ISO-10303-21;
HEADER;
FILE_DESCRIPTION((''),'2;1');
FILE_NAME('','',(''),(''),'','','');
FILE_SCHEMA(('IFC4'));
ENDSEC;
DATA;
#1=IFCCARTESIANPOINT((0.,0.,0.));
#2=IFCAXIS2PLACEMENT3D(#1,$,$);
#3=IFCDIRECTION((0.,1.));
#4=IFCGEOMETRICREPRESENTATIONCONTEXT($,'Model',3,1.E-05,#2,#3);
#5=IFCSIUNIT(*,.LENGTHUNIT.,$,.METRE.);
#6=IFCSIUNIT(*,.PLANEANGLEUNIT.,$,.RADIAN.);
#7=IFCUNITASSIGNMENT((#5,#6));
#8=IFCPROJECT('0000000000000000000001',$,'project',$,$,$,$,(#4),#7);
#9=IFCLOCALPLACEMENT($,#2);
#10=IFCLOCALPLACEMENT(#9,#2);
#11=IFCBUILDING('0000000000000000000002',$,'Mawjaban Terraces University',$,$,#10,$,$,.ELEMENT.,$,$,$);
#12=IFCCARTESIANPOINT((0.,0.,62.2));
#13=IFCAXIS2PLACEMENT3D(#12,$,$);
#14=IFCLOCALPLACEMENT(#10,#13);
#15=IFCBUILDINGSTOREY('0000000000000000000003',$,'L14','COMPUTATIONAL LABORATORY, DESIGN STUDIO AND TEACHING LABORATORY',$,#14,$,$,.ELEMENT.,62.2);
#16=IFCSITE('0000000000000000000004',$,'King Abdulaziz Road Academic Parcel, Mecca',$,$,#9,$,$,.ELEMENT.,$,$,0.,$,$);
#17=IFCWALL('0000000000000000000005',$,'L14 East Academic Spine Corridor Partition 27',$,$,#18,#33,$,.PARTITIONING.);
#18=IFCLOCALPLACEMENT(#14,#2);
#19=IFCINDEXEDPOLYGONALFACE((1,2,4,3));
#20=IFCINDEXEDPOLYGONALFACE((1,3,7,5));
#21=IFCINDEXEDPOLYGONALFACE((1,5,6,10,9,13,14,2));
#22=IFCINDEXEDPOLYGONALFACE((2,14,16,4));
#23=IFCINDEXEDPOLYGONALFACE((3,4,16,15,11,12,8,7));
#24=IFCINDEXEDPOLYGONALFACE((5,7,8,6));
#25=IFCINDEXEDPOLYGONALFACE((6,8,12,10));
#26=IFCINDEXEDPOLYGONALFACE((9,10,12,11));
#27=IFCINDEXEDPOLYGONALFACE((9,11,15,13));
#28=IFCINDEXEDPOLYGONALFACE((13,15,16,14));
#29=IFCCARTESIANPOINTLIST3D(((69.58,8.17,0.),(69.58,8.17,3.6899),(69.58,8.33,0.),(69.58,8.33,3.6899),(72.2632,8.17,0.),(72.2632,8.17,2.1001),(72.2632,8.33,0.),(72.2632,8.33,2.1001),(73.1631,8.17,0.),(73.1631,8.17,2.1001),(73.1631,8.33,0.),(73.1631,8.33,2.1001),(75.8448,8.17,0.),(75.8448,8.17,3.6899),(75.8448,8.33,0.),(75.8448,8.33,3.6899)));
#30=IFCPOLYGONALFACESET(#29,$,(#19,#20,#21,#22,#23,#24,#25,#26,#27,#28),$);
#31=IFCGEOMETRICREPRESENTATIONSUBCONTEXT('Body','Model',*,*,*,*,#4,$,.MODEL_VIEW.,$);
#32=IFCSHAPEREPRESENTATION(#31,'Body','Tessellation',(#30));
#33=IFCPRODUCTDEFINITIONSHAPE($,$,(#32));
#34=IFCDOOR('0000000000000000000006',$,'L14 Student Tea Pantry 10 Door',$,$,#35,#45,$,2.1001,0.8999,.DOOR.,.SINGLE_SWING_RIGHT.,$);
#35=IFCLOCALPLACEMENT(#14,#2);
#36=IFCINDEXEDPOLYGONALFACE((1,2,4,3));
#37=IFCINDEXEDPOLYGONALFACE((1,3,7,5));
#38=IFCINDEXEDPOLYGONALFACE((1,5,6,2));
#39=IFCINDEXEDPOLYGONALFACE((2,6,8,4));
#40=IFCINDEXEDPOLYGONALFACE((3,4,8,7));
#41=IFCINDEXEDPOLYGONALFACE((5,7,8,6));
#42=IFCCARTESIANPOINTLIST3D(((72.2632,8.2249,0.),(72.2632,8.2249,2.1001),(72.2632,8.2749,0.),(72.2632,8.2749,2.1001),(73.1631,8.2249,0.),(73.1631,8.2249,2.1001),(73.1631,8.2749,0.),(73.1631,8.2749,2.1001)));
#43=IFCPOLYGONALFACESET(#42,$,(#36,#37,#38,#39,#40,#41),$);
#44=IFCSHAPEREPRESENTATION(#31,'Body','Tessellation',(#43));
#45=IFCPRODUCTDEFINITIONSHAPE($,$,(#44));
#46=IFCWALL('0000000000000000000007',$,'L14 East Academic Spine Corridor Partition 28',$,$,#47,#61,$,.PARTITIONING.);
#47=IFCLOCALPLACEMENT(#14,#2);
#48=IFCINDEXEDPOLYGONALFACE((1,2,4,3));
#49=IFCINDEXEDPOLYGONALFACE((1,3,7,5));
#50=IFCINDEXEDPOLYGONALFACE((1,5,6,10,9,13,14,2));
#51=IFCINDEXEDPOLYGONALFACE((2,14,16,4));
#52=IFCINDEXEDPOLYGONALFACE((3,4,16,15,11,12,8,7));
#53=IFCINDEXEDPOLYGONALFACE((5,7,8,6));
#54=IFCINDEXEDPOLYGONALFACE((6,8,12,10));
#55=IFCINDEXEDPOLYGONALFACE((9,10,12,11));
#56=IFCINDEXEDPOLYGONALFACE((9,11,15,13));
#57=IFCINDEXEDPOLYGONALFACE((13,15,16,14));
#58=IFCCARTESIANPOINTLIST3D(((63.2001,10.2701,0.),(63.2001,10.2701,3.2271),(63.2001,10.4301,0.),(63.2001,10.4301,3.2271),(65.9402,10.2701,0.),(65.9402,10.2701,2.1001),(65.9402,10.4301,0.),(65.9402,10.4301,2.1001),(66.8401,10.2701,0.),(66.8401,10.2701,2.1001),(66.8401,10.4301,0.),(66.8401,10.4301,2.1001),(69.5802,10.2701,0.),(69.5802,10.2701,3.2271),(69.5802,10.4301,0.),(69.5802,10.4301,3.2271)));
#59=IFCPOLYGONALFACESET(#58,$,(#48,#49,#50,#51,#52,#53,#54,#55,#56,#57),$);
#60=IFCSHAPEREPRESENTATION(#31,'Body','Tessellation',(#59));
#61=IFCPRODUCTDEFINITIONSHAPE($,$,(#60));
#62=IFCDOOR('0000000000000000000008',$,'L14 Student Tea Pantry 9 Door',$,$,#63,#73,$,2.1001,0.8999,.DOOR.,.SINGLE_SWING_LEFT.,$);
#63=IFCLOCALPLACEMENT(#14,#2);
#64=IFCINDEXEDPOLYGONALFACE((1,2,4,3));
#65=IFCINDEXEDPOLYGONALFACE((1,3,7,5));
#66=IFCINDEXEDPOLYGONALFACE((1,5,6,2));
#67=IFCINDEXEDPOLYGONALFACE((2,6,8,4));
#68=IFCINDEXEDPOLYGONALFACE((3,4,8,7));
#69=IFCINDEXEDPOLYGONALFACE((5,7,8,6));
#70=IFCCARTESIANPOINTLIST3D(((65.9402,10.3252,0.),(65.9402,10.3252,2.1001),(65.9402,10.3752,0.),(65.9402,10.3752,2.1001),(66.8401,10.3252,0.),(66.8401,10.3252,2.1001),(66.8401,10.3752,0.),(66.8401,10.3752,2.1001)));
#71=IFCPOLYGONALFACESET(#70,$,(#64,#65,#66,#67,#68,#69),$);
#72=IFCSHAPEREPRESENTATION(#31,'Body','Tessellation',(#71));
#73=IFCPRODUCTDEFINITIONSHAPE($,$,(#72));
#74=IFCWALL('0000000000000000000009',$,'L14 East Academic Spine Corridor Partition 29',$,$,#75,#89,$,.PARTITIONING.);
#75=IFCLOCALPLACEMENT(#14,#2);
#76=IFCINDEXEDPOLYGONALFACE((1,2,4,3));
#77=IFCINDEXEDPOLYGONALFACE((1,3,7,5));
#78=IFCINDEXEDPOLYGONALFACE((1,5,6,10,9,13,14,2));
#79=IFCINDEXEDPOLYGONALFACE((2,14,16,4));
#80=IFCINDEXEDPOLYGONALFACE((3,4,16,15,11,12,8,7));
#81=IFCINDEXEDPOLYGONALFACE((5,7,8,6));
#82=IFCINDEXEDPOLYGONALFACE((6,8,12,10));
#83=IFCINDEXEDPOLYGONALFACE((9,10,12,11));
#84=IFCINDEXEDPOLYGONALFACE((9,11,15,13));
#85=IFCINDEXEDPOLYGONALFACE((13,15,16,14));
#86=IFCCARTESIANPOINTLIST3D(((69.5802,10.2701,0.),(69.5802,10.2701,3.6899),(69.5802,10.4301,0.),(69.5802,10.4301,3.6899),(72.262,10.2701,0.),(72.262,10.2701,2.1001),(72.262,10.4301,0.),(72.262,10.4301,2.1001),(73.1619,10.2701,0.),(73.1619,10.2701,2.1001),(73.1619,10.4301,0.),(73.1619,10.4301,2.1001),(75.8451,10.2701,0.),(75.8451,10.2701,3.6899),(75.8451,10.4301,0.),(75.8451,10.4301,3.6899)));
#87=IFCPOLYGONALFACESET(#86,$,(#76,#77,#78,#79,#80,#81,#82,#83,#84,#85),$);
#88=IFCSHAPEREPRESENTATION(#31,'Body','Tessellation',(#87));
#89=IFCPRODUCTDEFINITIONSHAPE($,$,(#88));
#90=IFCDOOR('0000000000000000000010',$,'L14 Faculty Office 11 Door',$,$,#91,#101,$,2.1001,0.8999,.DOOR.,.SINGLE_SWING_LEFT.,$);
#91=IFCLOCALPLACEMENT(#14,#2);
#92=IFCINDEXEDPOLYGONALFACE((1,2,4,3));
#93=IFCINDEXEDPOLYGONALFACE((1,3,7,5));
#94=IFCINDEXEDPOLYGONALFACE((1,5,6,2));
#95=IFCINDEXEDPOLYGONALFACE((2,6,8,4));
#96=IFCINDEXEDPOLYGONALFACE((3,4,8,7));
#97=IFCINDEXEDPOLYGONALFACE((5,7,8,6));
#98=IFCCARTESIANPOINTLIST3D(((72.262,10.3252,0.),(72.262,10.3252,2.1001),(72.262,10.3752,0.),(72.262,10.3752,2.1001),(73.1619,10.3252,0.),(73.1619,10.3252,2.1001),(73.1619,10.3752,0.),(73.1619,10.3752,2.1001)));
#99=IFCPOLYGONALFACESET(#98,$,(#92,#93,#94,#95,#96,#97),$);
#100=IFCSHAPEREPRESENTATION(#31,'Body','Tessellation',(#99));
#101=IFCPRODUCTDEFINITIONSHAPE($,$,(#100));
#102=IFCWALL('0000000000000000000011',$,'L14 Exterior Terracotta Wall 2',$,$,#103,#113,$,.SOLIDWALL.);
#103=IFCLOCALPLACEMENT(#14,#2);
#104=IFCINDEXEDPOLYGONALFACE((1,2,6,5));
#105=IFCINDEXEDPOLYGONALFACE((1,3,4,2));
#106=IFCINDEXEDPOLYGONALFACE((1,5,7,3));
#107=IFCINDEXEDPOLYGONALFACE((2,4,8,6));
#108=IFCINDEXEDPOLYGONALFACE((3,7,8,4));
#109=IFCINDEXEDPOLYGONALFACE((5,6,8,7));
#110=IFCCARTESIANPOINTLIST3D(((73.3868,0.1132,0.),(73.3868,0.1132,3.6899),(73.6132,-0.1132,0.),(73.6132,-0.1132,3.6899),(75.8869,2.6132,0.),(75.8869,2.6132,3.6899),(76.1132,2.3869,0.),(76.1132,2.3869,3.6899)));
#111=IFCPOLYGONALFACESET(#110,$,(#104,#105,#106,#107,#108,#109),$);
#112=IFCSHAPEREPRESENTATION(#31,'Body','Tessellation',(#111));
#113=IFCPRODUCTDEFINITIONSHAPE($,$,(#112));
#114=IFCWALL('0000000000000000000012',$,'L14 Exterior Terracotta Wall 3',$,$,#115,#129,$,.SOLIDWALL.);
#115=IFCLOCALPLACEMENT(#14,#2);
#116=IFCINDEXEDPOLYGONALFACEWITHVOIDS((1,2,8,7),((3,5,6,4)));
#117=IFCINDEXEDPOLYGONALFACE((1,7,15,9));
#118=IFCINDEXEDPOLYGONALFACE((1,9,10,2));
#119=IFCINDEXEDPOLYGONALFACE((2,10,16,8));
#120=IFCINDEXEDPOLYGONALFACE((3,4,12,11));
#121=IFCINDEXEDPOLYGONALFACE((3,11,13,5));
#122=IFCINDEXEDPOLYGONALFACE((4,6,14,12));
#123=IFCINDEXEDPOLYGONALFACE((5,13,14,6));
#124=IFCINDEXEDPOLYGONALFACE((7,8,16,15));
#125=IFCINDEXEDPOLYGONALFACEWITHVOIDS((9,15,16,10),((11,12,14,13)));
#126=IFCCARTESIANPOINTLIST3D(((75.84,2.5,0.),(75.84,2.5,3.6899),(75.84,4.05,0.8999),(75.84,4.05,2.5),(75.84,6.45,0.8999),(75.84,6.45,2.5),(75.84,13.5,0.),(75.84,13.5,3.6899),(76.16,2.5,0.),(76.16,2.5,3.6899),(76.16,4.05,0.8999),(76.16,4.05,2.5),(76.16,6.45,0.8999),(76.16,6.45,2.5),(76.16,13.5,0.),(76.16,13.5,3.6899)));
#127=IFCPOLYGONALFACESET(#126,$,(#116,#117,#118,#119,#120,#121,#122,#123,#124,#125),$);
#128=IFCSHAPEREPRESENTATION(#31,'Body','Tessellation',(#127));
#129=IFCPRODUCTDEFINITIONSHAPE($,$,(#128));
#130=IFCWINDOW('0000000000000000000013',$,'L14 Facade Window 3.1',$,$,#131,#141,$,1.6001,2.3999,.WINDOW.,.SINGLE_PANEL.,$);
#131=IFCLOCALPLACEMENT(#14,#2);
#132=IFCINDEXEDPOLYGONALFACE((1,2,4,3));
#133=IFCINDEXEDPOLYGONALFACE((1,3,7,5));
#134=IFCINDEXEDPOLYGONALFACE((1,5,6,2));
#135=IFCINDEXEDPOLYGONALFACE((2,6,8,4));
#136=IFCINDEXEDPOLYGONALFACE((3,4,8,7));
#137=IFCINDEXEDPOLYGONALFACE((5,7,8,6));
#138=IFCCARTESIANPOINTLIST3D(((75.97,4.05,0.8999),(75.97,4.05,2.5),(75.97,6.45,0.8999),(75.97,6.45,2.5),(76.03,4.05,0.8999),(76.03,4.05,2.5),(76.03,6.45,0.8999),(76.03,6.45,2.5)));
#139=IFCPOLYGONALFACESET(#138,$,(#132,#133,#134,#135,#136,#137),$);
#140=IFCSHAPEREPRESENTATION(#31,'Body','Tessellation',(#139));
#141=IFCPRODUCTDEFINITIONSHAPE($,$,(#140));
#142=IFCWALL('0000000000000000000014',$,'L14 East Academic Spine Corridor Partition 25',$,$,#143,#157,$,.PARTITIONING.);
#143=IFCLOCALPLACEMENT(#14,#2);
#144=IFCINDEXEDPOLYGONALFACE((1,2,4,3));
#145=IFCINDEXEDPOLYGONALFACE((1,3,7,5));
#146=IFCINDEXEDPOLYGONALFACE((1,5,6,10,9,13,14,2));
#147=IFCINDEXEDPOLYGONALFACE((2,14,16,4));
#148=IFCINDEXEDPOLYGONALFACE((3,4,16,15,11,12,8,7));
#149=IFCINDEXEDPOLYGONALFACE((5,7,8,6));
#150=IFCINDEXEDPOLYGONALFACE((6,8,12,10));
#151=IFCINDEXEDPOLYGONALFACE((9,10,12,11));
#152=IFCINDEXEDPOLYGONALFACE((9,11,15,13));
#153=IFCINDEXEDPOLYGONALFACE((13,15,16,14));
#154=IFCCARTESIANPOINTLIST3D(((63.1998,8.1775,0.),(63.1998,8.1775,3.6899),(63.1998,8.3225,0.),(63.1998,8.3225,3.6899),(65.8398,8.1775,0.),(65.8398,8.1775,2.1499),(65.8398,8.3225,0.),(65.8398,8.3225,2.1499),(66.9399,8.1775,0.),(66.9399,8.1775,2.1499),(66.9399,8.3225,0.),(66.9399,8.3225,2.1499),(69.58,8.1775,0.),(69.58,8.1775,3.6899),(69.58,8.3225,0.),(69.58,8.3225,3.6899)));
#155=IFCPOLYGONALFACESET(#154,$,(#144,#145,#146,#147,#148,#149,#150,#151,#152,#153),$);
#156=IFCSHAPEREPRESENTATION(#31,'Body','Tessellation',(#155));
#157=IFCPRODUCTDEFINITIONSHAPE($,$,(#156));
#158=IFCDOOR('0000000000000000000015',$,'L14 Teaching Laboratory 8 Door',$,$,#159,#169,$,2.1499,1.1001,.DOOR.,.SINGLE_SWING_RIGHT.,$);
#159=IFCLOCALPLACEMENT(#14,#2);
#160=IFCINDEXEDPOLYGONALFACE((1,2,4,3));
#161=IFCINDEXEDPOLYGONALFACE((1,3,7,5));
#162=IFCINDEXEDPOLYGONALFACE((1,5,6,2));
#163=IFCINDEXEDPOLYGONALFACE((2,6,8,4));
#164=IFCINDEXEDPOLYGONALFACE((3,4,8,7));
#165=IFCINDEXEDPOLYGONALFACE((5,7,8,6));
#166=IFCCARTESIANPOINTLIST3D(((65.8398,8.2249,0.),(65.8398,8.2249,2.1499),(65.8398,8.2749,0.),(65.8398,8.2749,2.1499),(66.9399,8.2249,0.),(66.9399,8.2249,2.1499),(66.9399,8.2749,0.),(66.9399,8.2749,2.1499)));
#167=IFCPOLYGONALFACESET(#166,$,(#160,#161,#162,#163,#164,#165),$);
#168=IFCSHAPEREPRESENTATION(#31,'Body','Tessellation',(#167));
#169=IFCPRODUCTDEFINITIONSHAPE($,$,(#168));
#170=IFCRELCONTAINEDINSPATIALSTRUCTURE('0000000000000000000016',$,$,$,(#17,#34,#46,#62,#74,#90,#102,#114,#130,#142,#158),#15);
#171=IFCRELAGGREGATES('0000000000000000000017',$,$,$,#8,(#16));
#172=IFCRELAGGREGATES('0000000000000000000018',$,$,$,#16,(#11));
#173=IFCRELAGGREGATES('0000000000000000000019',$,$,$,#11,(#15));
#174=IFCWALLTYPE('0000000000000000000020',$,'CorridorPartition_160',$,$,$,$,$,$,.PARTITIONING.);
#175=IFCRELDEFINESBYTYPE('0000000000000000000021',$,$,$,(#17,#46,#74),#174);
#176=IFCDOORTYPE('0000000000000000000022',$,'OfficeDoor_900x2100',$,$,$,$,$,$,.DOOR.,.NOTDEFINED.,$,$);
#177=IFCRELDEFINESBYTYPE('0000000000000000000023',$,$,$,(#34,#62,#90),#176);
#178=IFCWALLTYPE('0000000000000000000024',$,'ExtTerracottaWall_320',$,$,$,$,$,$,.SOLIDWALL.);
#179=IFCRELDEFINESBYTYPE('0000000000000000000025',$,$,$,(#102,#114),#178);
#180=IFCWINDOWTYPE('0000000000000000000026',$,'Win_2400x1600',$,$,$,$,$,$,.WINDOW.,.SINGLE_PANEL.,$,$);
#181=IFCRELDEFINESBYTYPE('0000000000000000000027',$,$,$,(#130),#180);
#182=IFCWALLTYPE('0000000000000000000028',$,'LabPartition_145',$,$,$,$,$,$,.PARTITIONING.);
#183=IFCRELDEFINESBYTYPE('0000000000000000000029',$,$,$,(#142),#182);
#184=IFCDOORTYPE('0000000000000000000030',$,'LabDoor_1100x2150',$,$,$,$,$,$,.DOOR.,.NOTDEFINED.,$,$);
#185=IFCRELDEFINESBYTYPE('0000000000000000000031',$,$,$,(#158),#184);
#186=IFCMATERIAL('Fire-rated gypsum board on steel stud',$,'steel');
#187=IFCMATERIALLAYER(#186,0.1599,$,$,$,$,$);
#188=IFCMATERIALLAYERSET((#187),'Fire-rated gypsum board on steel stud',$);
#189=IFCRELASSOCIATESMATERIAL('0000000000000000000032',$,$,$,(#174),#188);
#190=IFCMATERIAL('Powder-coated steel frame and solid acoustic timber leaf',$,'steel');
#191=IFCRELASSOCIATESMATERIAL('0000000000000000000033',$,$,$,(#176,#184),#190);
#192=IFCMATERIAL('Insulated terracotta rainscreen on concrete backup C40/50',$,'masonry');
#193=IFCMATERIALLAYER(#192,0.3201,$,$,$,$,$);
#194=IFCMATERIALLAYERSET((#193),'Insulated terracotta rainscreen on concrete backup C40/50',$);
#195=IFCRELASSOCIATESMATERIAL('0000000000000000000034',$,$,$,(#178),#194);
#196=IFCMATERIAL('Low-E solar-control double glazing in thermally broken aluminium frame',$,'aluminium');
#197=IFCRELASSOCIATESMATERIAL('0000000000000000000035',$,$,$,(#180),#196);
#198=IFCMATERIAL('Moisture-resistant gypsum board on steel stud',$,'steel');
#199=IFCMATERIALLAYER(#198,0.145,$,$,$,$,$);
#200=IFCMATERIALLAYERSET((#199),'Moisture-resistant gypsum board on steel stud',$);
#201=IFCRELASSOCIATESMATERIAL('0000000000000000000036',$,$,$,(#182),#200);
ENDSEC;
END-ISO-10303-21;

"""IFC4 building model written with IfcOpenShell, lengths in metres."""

from ifc_helpers import new_model, si_unit, direction, frame, frame_2d, origin, place, context, subcontext, project, spatial, rectangle, extrude, material, layer, layer_set, type_object, element, fill, save


model = new_model("IFC4")

# Units and contexts
model_context = context("Model", 3, precision=1e-05, world=origin(), true_north=direction((0.0, 1.0)))
body_context = subcontext(model_context, "Body", "Model", "MODEL_VIEW")
ifc_project = project(units=[si_unit("LENGTHUNIT", "METRE"), si_unit("PLANEANGLEUNIT", "RADIAN")], contexts=[model_context])

# Site, building, storey
site_placement = place(None, origin())
site = spatial("IfcSite", under=ifc_project, at=site_placement, Name="King Abdulaziz Road Academic Parcel, Mecca", CompositionType="ELEMENT", RefElevation=0.0)
building_placement = place(site_placement, origin())
building = spatial("IfcBuilding", under=site, at=building_placement, Name="Mawjaban Terraces University", CompositionType="ELEMENT")
storey_placement = place(building_placement, frame((0.0, 0.0, 62.2)))
storey = spatial("IfcBuildingStorey", under=building, at=storey_placement, Name="L14", Description="COMPUTATIONAL LABORATORY, DESIGN STUDIO AND TEACHING LABORATORY", CompositionType="ELEMENT", Elevation=62.2)

# Walls, openings, doors
ifc_material_1 = material(Name="Fire-rated gypsum board on steel stud", Category="steel")
ifc_layer_1 = layer(ifc_material_1, 0.1599)
ifc_layer_set_1 = layer_set([ifc_layer_1], Name="Fire-rated gypsum board on steel stud")
wall_type_1 = type_object("IfcWallType", Name="CorridorPartition_160", PredefinedType="PARTITIONING", material=ifc_layer_set_1)
wall_1_placement = place(storey_placement, frame((69.5801, 8.25, 0.0), z_axis=(0.0, 0.0, 1.0), x_axis=(1.0, 0.0, 0.0)))
wall_1 = element("IfcWall", 1, at=wall_1_placement, inside=storey, type_object=wall_type_1, Name="L14 East Academic Spine Corridor Partition 27", PredefinedType="PARTITIONING", context=body_context, shape_type="SweptSolid", body=[
    extrude(rectangle(XDim=6.2649, YDim=0.1599, at=frame_2d((3.1323, 0.0))), origin(), (0.0, 0.0, 1.0), 3.6899),
])
opening_1_placement = place(wall_1_placement, frame((2.6831, 0.0, 0.0)))
opening_1 = element("IfcOpeningElement", 2, at=opening_1_placement, cuts=wall_1, PredefinedType="OPENING", context=body_context, shape_type="SweptSolid", body=[
    extrude(rectangle(XDim=0.8999, YDim=2.1001, at=frame_2d((0.45, 1.05))), frame((0.0, 0.0898, 0.0), z_axis=(0.0, -1.0, 0.0), x_axis=(1.0, 0.0, 0.0)), (0.0, 0.0, 1.0), 0.1799),
])
ifc_material_2 = material(Name="Powder-coated steel frame and solid acoustic timber leaf", Category="steel")
door_type_1 = type_object("IfcDoorType", Name="OfficeDoor_900x2100", OperationType="NOTDEFINED", PredefinedType="DOOR", material=ifc_material_2)
door_1_placement = place(opening_1_placement, origin())
door_1 = element("IfcDoor", 3, at=door_1_placement, inside=storey, type_object=door_type_1, Name="L14 Student Tea Pantry 10 Door", OperationType="SINGLE_SWING_RIGHT", OverallHeight=2.1001, OverallWidth=0.8999, PredefinedType="DOOR", context=body_context, shape_type="SweptSolid", body=[
    extrude(rectangle(XDim=0.8999, YDim=2.1001, at=frame_2d((0.45, 1.05))), frame((0.0, 0.0249, 0.0), z_axis=(0.0, -1.0, 0.0), x_axis=(1.0, 0.0, 0.0)), (0.0, 0.0, 1.0), 0.05),
])
fill(opening_1, door_1)
wall_2_placement = place(storey_placement, frame((69.5801, 10.3501, 0.0), z_axis=(0.0, 0.0, 1.0), x_axis=(-1.0, 0.0, 0.0)))
wall_2 = element("IfcWall", 4, at=wall_2_placement, inside=storey, type_object=wall_type_1, Name="L14 East Academic Spine Corridor Partition 28", PredefinedType="PARTITIONING", context=body_context, shape_type="SweptSolid", body=[
    extrude(rectangle(XDim=6.3801, YDim=0.1599, at=frame_2d((3.1899, 0.0))), origin(), (0.0, 0.0, 1.0), 3.2271),
])
opening_2_placement = place(wall_2_placement, frame((2.74, 0.0, 0.0)))
opening_2 = element("IfcOpeningElement", 5, at=opening_2_placement, cuts=wall_2, PredefinedType="OPENING", context=body_context, shape_type="SweptSolid", body=[
    extrude(rectangle(XDim=0.8999, YDim=2.1001, at=frame_2d((0.45, 1.05))), frame((0.0, 0.0898, 0.0), z_axis=(0.0, -1.0, 0.0), x_axis=(1.0, 0.0, 0.0)), (0.0, 0.0, 1.0), 0.1799),
])
door_2_placement = place(opening_2_placement, origin())
door_2 = element("IfcDoor", 6, at=door_2_placement, inside=storey, type_object=door_type_1, Name="L14 Student Tea Pantry 9 Door", OperationType="SINGLE_SWING_LEFT", OverallHeight=2.1001, OverallWidth=0.8999, PredefinedType="DOOR", context=body_context, shape_type="SweptSolid", body=[
    extrude(rectangle(XDim=0.8999, YDim=2.1001, at=frame_2d((0.45, 1.05))), frame((0.0, 0.0249, 0.0), z_axis=(0.0, -1.0, 0.0), x_axis=(1.0, 0.0, 0.0)), (0.0, 0.0, 1.0), 0.05),
])
fill(opening_2, door_2)
wall_3_placement = place(storey_placement, frame((75.845, 10.3501, 0.0), z_axis=(0.0, 0.0, 1.0), x_axis=(-1.0, 0.0, 0.0)))
wall_3 = element("IfcWall", 7, at=wall_3_placement, inside=storey, type_object=wall_type_1, Name="L14 East Academic Spine Corridor Partition 29", PredefinedType="PARTITIONING", context=body_context, shape_type="SweptSolid", body=[
    extrude(rectangle(XDim=6.2649, YDim=0.1599, at=frame_2d((3.1323, 0.0))), origin(), (0.0, 0.0, 1.0), 3.6899),
])
opening_3_placement = place(wall_3_placement, frame((2.6831, 0.0, 0.0)))
opening_3 = element("IfcOpeningElement", 8, at=opening_3_placement, cuts=wall_3, PredefinedType="OPENING", context=body_context, shape_type="SweptSolid", body=[
    extrude(rectangle(XDim=0.8999, YDim=2.1001, at=frame_2d((0.45, 1.05))), frame((0.0, 0.0898, 0.0), z_axis=(0.0, -1.0, 0.0), x_axis=(1.0, 0.0, 0.0)), (0.0, 0.0, 1.0), 0.1799),
])
door_3_placement = place(opening_3_placement, origin())
door_3 = element("IfcDoor", 9, at=door_3_placement, inside=storey, type_object=door_type_1, Name="L14 Faculty Office 11 Door", OperationType="SINGLE_SWING_LEFT", OverallHeight=2.1001, OverallWidth=0.8999, PredefinedType="DOOR", context=body_context, shape_type="SweptSolid", body=[
    extrude(rectangle(XDim=0.8999, YDim=2.1001, at=frame_2d((0.45, 1.05))), frame((0.0, 0.0249, 0.0), z_axis=(0.0, -1.0, 0.0), x_axis=(1.0, 0.0, 0.0)), (0.0, 0.0, 1.0), 0.05),
])
fill(opening_3, door_3)

# Wall
ifc_material_3 = material(Name="Insulated terracotta rainscreen on concrete backup C40/50", Category="masonry")
ifc_layer_2 = layer(ifc_material_3, 0.3201)
ifc_layer_set_2 = layer_set([ifc_layer_2], Name="Insulated terracotta rainscreen on concrete backup C40/50")
wall_type_2 = type_object("IfcWallType", Name="ExtTerracottaWall_320", PredefinedType="SOLIDWALL", material=ifc_layer_set_2)
wall_4_placement = place(storey_placement, frame((73.5, 0.0, 0.0), z_axis=(0.0, 0.0, 1.0), x_axis=(0.707107, 0.707107, 0.0)))
element("IfcWall", 10, at=wall_4_placement, inside=storey, type_object=wall_type_2, Name="L14 Exterior Terracotta Wall 2", PredefinedType="SOLIDWALL", context=body_context, shape_type="SweptSolid", body=[
    extrude(rectangle(XDim=3.5356, YDim=0.3201, at=frame_2d((1.7678, 0.0))), origin(), (0.0, 0.0, 1.0), 3.6899),
])

# Wall, opening, window
wall_5_placement = place(storey_placement, frame((76.0, 2.5, 0.0), z_axis=(0.0, 0.0, 1.0), x_axis=(0.0, 1.0, 0.0)))
wall_5 = element("IfcWall", 11, at=wall_5_placement, inside=storey, type_object=wall_type_2, Name="L14 Exterior Terracotta Wall 3", PredefinedType="SOLIDWALL", context=body_context, shape_type="SweptSolid", body=[
    extrude(rectangle(XDim=11.0, YDim=0.3201, at=frame_2d((5.5, 0.0))), origin(), (0.0, 0.0, 1.0), 3.6899),
])
opening_4_placement = place(wall_5_placement, frame((1.55, 0.0, 0.8999)))
opening_4 = element("IfcOpeningElement", 12, at=opening_4_placement, cuts=wall_5, PredefinedType="OPENING", context=body_context, shape_type="SweptSolid", body=[
    extrude(rectangle(XDim=2.3999, YDim=1.6001, at=frame_2d((1.2, 0.8))), frame((0.0, 0.1699, 0.0), z_axis=(0.0, -1.0, 0.0), x_axis=(1.0, 0.0, 0.0)), (0.0, 0.0, 1.0), 0.3401),
])
ifc_material_4 = material(Name="Low-E solar-control double glazing in thermally broken aluminium frame", Category="aluminium")
window_type = type_object("IfcWindowType", Name="Win_2400x1600", PartitioningType="SINGLE_PANEL", PredefinedType="WINDOW", material=ifc_material_4)
window_placement = place(opening_4_placement, origin())
window = element("IfcWindow", 13, at=window_placement, inside=storey, type_object=window_type, Name="L14 Facade Window 3.1", OverallHeight=1.6001, OverallWidth=2.3999, PartitioningType="SINGLE_PANEL", PredefinedType="WINDOW", context=body_context, shape_type="SweptSolid", body=[
    extrude(rectangle(XDim=2.3999, YDim=1.6001, at=frame_2d((1.2, 0.8))), frame((0.0, 0.03, 0.0), z_axis=(0.0, -1.0, 0.0), x_axis=(1.0, 0.0, 0.0)), (0.0, 0.0, 1.0), 0.0601),
])
fill(opening_4, window)

# Wall, opening, door
ifc_material_5 = material(Name="Moisture-resistant gypsum board on steel stud", Category="steel")
ifc_layer_3 = layer(ifc_material_5, 0.145)
ifc_layer_set_3 = layer_set([ifc_layer_3], Name="Moisture-resistant gypsum board on steel stud")
wall_type_3 = type_object("IfcWallType", Name="LabPartition_145", PredefinedType="PARTITIONING", material=ifc_layer_set_3)
wall_6_placement = place(storey_placement, frame((63.2, 8.25, 0.0), z_axis=(0.0, 0.0, 1.0), x_axis=(1.0, 0.0, 0.0)))
wall_6 = element("IfcWall", 14, at=wall_6_placement, inside=storey, type_object=wall_type_3, Name="L14 East Academic Spine Corridor Partition 25", PredefinedType="PARTITIONING", context=body_context, shape_type="SweptSolid", body=[
    extrude(rectangle(XDim=6.3801, YDim=0.145, at=frame_2d((3.1899, 0.0))), origin(), (0.0, 0.0, 1.0), 3.6899),
])
opening_5_placement = place(wall_6_placement, frame((2.6399, 0.0, 0.0)))
opening_5 = element("IfcOpeningElement", 15, at=opening_5_placement, cuts=wall_6, PredefinedType="OPENING", context=body_context, shape_type="SweptSolid", body=[
    extrude(rectangle(XDim=1.1001, YDim=2.1499, at=frame_2d((0.55, 1.075))), frame((0.0, 0.0825, 0.0), z_axis=(0.0, -1.0, 0.0), x_axis=(1.0, 0.0, 0.0)), (0.0, 0.0, 1.0), 0.165),
])
door_type_2 = type_object("IfcDoorType", Name="LabDoor_1100x2150", OperationType="NOTDEFINED", PredefinedType="DOOR", material=ifc_material_2)
door_4_placement = place(opening_5_placement, origin())
door_4 = element("IfcDoor", 16, at=door_4_placement, inside=storey, type_object=door_type_2, Name="L14 Teaching Laboratory 8 Door", OperationType="SINGLE_SWING_RIGHT", OverallHeight=2.1499, OverallWidth=1.1001, PredefinedType="DOOR", context=body_context, shape_type="SweptSolid", body=[
    extrude(rectangle(XDim=1.1001, YDim=2.1499, at=frame_2d((0.55, 1.075))), frame((0.0, 0.0249, 0.0), z_axis=(0.0, -1.0, 0.0), x_axis=(1.0, 0.0, 0.0)), (0.0, 0.0, 1.0), 0.05),
])
fill(opening_5, door_4)

save(model, "model.ifc")
